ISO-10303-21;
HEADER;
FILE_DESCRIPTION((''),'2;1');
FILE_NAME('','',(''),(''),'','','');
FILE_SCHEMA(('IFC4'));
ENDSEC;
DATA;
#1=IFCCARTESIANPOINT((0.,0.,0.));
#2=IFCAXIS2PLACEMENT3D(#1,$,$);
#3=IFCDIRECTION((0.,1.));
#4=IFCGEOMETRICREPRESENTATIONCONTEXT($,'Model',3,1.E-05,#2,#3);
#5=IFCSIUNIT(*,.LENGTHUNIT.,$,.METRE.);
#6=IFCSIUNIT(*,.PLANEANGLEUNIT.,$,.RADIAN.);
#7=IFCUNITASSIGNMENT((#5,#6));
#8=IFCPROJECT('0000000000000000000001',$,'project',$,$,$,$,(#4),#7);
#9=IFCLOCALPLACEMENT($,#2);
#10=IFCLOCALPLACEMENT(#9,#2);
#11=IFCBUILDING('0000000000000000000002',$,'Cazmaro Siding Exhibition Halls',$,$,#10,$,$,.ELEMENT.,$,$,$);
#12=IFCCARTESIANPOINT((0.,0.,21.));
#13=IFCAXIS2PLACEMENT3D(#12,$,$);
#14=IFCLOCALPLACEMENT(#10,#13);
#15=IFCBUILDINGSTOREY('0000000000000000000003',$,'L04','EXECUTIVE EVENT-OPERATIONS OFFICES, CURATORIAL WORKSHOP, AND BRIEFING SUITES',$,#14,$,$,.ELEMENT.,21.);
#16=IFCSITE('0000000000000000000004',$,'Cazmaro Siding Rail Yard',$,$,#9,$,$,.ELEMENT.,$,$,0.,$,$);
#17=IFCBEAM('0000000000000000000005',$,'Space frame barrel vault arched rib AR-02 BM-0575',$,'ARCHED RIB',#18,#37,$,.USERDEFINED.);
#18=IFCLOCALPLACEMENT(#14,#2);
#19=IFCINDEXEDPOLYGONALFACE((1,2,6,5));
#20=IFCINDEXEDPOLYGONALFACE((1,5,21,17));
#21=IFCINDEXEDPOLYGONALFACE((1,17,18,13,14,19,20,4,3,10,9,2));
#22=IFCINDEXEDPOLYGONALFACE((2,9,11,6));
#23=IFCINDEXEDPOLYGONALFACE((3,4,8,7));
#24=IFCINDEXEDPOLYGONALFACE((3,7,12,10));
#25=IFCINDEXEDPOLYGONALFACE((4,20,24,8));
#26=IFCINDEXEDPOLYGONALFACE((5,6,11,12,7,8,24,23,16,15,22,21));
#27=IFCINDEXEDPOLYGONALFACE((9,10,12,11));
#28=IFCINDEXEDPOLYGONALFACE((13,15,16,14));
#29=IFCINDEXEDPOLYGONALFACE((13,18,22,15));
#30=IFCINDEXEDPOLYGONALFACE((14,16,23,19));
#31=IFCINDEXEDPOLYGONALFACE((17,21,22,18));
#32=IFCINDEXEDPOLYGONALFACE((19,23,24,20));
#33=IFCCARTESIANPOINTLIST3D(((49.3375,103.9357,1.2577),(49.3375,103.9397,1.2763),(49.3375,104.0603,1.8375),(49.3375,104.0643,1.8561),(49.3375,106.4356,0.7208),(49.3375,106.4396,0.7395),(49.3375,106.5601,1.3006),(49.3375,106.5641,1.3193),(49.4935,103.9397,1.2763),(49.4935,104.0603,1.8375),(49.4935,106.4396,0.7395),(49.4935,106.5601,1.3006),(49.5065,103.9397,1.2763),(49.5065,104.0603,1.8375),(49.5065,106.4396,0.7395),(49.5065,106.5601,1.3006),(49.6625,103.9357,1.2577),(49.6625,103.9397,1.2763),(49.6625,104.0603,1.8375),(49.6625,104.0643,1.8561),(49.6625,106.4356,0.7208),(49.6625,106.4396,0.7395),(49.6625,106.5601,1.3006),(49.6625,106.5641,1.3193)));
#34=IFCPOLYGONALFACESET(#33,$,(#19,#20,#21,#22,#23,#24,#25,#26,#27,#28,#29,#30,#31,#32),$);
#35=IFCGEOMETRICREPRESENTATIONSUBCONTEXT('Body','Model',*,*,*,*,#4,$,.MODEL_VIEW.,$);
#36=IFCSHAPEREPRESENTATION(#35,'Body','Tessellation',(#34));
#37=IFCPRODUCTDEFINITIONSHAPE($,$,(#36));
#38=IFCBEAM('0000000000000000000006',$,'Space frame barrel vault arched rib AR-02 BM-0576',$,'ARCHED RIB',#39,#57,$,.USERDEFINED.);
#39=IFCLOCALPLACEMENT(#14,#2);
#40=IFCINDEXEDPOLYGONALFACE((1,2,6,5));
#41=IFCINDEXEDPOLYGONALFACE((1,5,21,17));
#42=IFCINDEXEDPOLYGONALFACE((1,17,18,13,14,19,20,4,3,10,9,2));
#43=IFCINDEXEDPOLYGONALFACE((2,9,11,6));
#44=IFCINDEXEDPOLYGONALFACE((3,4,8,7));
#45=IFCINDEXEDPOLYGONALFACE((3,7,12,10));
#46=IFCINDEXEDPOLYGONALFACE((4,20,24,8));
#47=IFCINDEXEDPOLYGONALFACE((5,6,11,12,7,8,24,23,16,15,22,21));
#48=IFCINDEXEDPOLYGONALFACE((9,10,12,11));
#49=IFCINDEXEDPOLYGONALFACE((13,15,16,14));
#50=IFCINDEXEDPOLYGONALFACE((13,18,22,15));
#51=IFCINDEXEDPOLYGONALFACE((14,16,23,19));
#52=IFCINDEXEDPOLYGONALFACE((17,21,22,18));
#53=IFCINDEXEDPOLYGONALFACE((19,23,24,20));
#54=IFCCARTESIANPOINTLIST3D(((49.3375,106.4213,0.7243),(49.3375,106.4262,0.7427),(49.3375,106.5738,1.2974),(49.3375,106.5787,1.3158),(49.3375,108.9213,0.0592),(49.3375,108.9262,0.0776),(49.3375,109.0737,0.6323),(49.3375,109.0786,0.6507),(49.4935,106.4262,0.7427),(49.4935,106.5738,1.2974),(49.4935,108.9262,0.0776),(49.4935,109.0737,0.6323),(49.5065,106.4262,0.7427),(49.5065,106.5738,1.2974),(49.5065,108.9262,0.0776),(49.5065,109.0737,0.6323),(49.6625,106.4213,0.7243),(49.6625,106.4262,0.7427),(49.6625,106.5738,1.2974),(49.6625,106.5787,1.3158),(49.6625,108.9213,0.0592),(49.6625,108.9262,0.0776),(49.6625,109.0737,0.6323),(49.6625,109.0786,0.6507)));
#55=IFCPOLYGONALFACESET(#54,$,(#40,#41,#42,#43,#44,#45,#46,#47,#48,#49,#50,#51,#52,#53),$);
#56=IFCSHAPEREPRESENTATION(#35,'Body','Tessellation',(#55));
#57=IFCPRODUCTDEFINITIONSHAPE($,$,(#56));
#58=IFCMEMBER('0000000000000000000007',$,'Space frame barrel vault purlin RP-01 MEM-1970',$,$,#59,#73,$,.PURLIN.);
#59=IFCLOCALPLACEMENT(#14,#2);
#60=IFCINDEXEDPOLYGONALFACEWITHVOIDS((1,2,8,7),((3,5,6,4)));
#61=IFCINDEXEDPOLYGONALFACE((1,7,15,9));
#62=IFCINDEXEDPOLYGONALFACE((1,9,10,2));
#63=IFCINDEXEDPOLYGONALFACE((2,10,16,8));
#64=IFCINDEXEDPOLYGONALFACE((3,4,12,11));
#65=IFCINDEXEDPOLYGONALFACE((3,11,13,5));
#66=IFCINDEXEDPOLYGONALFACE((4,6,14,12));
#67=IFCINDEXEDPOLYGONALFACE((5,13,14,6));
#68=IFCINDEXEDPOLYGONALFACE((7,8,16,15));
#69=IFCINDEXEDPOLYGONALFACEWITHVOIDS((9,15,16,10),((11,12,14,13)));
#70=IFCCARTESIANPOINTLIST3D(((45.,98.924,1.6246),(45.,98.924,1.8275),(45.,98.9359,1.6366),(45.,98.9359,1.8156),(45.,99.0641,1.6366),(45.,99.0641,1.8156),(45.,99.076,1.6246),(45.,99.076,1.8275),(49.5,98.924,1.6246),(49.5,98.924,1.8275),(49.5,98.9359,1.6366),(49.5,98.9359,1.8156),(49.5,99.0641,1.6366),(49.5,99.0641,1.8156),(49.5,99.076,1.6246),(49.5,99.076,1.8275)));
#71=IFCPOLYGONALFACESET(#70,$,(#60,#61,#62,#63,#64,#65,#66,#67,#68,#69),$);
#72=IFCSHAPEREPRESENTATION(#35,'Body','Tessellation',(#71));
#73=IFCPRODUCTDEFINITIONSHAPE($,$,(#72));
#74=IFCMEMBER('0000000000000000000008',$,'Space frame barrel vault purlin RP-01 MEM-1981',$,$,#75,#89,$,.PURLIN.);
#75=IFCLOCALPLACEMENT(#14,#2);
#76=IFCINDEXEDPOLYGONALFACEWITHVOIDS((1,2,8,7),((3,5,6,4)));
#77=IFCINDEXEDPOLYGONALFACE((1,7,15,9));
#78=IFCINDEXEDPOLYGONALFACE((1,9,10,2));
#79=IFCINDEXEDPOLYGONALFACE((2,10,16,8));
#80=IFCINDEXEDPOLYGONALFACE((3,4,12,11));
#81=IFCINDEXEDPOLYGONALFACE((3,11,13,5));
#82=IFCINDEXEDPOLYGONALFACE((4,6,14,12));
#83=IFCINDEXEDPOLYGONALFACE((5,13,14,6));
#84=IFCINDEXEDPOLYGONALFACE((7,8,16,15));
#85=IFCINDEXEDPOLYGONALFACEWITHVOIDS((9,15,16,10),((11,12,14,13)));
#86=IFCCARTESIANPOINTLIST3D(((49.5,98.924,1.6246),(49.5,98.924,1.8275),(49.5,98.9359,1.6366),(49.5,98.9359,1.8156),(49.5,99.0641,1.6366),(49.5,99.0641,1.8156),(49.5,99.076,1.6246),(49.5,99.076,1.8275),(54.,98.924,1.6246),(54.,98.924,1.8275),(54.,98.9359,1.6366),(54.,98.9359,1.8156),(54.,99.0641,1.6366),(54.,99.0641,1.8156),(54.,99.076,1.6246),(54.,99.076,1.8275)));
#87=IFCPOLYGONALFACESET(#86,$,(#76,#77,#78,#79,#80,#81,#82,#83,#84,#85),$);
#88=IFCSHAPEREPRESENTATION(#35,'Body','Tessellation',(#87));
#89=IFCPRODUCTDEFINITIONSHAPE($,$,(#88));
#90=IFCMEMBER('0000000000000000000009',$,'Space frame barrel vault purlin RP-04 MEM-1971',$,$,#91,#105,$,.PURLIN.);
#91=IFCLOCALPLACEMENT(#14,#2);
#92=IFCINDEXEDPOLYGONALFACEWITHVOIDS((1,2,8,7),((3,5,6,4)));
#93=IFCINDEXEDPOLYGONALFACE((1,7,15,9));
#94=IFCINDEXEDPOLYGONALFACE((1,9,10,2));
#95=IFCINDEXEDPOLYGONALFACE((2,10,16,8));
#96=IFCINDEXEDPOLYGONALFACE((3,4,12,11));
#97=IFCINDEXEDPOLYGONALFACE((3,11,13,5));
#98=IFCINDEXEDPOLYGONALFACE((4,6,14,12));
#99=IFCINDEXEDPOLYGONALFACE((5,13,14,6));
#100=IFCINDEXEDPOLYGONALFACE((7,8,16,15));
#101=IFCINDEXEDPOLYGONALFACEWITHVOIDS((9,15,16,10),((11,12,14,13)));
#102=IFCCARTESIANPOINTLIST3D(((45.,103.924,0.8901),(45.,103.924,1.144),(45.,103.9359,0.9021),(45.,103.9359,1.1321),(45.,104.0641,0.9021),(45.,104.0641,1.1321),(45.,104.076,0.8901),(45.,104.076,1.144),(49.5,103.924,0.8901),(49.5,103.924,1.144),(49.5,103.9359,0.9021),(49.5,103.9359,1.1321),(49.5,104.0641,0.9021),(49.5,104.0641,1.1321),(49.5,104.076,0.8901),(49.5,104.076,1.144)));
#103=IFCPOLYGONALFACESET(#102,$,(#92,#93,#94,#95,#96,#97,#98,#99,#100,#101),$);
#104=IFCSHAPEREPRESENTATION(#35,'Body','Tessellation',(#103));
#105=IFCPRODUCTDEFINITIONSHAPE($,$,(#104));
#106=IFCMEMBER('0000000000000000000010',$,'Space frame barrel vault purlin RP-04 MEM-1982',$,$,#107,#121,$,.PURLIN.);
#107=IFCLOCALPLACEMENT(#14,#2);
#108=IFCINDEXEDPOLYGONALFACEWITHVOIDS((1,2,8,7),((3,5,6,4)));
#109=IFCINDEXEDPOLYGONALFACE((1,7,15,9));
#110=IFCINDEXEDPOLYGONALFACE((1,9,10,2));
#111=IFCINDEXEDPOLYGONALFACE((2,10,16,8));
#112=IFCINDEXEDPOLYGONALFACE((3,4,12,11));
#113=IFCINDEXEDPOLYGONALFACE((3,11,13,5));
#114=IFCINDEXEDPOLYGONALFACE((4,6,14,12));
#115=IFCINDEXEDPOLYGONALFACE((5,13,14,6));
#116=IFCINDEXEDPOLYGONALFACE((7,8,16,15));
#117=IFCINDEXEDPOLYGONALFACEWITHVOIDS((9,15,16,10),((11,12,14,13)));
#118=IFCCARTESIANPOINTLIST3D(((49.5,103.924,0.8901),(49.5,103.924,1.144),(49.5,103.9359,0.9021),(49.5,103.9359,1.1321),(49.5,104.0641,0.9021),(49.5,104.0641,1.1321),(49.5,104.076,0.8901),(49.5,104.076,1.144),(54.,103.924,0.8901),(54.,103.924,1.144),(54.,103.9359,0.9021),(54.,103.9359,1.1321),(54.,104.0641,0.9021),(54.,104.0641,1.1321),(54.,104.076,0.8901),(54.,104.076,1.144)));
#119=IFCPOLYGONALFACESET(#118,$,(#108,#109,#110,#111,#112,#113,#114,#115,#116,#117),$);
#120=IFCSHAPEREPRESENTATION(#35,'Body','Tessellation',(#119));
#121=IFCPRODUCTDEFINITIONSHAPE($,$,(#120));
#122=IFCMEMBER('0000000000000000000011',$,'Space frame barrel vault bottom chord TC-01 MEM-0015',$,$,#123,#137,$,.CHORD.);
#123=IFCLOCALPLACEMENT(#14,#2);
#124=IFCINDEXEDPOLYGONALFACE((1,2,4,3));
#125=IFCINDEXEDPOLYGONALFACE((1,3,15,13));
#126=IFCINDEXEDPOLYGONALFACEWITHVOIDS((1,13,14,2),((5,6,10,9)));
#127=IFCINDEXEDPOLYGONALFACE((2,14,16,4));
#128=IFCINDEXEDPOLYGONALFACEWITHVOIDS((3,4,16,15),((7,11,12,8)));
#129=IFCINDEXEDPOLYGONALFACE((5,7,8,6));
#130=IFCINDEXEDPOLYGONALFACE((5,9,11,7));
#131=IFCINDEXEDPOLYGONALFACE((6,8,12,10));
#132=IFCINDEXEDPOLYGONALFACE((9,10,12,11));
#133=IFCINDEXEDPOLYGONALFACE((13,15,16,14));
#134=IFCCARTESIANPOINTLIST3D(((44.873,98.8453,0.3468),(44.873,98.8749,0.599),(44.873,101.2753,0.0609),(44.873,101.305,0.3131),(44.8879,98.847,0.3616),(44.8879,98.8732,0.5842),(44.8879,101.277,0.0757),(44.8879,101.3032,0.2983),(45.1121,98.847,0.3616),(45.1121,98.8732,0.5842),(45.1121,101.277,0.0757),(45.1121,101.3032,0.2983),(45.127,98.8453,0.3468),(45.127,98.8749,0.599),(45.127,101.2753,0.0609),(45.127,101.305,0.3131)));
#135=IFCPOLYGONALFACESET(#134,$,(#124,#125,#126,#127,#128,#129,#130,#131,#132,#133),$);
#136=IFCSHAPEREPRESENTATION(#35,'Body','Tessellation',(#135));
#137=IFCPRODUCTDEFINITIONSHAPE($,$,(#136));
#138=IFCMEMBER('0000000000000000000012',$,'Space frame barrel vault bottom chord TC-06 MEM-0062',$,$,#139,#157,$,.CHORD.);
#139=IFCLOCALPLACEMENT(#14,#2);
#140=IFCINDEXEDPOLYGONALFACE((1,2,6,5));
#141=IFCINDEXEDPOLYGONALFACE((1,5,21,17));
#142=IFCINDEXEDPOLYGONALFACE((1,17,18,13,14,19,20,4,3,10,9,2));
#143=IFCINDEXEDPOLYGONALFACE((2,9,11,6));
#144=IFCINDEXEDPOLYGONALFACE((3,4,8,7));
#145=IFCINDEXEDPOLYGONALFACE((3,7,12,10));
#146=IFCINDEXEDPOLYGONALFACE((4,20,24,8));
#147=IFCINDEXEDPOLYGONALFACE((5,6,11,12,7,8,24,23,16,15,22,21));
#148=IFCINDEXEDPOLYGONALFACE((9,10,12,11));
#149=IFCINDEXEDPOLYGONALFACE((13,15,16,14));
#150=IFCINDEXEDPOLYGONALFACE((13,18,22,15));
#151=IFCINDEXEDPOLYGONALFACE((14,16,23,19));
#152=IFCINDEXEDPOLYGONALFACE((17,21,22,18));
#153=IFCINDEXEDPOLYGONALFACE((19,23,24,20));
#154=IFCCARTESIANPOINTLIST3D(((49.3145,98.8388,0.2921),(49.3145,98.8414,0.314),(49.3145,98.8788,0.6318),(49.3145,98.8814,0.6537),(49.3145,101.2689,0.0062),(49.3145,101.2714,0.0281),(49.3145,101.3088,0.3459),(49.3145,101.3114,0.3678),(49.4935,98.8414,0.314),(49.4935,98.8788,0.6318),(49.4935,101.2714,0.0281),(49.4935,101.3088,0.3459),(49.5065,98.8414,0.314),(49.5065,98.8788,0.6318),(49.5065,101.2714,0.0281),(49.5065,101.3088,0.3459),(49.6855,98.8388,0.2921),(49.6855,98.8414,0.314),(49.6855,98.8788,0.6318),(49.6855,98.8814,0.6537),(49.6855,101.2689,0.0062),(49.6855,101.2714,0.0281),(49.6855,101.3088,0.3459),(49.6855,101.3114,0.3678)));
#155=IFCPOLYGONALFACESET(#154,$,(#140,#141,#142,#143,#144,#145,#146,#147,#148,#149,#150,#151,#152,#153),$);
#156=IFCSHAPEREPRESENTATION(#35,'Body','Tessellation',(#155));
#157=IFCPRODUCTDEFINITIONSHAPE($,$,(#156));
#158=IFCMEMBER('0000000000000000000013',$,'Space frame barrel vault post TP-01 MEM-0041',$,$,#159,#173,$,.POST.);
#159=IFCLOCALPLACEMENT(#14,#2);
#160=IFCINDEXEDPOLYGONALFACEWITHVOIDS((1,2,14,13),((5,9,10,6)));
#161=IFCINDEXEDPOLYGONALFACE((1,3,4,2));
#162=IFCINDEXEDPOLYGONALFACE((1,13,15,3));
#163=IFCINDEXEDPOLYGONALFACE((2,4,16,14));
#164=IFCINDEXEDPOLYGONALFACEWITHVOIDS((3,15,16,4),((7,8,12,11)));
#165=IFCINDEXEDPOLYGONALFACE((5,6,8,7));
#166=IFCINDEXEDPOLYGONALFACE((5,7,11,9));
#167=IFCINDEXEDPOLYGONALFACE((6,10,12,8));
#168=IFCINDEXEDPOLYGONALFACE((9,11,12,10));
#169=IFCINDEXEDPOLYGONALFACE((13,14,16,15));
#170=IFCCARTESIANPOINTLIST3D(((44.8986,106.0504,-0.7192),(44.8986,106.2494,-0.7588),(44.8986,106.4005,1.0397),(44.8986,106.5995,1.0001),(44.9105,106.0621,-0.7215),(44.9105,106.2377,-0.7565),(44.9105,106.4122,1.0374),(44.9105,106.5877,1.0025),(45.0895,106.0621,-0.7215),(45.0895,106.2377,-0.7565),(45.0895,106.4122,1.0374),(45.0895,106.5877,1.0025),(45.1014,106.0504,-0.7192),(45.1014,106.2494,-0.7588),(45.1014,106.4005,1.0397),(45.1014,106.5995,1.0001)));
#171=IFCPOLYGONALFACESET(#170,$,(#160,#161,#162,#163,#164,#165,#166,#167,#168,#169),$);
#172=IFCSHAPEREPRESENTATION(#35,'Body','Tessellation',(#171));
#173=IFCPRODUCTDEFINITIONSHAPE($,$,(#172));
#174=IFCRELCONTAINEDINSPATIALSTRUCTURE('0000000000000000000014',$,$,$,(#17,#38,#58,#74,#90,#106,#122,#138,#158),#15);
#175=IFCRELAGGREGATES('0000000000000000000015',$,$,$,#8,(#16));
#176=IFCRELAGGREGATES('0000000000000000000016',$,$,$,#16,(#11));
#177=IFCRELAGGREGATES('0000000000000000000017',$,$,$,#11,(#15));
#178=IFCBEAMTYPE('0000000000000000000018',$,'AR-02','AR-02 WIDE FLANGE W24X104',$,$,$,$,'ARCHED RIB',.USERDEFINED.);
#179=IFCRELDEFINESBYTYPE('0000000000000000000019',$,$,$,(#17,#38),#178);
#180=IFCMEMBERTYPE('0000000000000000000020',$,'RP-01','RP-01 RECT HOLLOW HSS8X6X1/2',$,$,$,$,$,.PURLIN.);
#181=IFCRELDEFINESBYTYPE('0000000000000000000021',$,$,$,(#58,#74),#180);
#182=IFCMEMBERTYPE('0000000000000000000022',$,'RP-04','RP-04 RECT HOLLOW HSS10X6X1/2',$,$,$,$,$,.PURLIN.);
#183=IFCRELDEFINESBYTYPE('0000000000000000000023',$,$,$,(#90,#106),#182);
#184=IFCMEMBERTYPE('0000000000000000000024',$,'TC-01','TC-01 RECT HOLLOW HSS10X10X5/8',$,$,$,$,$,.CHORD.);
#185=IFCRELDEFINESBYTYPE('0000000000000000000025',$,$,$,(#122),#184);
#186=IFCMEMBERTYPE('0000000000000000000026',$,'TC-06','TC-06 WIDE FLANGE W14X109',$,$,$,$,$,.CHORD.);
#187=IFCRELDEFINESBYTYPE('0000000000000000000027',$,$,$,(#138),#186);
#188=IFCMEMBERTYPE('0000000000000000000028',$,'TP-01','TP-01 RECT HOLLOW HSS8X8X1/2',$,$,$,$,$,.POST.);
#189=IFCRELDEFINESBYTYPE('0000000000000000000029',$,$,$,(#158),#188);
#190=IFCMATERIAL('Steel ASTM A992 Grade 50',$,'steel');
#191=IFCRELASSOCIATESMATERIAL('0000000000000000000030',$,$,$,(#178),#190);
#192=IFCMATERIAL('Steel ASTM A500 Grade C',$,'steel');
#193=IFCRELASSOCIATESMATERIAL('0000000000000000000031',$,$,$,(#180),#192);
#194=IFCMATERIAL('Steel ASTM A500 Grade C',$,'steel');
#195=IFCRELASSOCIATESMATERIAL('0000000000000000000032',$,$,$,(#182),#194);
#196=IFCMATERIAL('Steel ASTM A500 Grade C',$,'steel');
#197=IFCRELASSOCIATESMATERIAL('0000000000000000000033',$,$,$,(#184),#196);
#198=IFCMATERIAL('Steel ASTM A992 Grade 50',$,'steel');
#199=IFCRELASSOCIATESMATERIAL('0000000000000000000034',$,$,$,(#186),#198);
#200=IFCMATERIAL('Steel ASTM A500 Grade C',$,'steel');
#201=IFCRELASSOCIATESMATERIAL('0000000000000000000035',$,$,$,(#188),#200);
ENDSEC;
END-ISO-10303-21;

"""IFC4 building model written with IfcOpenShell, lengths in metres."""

from ifc_helpers import new_model, si_unit, direction, frame, origin, origin_2d, place, context, subcontext, project, spatial, hollow_rectangle, i_section, extrude, material, material_profile, profile_set, type_object, element, save


model = new_model("IFC4")

# Units and contexts
model_context = context("Model", 3, precision=1e-05, world=origin(), true_north=direction((0.0, 1.0)))
body_context = subcontext(model_context, "Body", "Model", "MODEL_VIEW")
ifc_project = project(units=[si_unit("LENGTHUNIT", "METRE"), si_unit("PLANEANGLEUNIT", "RADIAN")], contexts=[model_context])

# Site, building, storey
site_placement = place(None, origin())
site = spatial("IfcSite", under=ifc_project, at=site_placement, Name="Cazmaro Siding Rail Yard", CompositionType="ELEMENT", RefElevation=0.0)
building_placement = place(site_placement, origin())
building = spatial("IfcBuilding", under=site, at=building_placement, Name="Cazmaro Siding Exhibition Halls", CompositionType="ELEMENT")
storey_placement = place(building_placement, frame((0.0, 0.0, 21.0)))
storey = spatial("IfcBuildingStorey", under=building, at=storey_placement, Name="L04", Description="EXECUTIVE EVENT-OPERATIONS OFFICES, CURATORIAL WORKSHOP, AND BRIEFING SUITES", CompositionType="ELEMENT", Elevation=21.0)

# Beams
ifc_material_1 = material(Name="Steel ASTM A992 Grade 50", Category="steel")
ifc_material_profile_1 = material_profile(ifc_material_1, i_section(OverallWidth=0.325, OverallDepth=0.6121, WebThickness=0.0129, FlangeThickness=0.019, at=origin_2d()), Name="W24X104")
ifc_profile_set_1 = profile_set([ifc_material_profile_1], Name="Steel ASTM A992 Grade 50")
beam_type_1 = type_object("IfcBeamType", Name="AR-02", Description="AR-02 WIDE FLANGE W24X104", ElementType="ARCHED RIB", PredefinedType="USERDEFINED", material=ifc_profile_set_1)
beam_1_placement = place(storey_placement, frame((49.5, 104.0, 1.5569), z_axis=(0.0, 0.97771, -0.209959), x_axis=(-1.0, 0.0, 0.0)))
element("IfcBeam", 1, at=beam_1_placement, inside=storey, type_object=beam_type_1, Name="Space frame barrel vault arched rib AR-02 BM-0575", ObjectType="ARCHED RIB", PredefinedType="USERDEFINED", context=body_context, shape_type="SweptSolid", body=[
    extrude(i_section(OverallWidth=0.325, OverallDepth=0.6121, WebThickness=0.0129, FlangeThickness=0.019, at=origin_2d()), origin(), (0.0, 0.0, 1.0), 2.5569),
])
beam_2_placement = place(storey_placement, frame((49.5, 106.5, 1.02), z_axis=(0.0, 0.966391, -0.257075), x_axis=(-1.0, 0.0, 0.0)))
element("IfcBeam", 2, at=beam_2_placement, inside=storey, type_object=beam_type_1, Name="Space frame barrel vault arched rib AR-02 BM-0576", ObjectType="ARCHED RIB", PredefinedType="USERDEFINED", context=body_context, shape_type="SweptSolid", body=[
    extrude(i_section(OverallWidth=0.325, OverallDepth=0.6121, WebThickness=0.0129, FlangeThickness=0.019, at=origin_2d()), origin(), (0.0, 0.0, 1.0), 2.5869),
])

# Members
ifc_material_2 = material(Name="Steel ASTM A500 Grade C", Category="steel")
ifc_material_profile_2 = material_profile(ifc_material_2, hollow_rectangle(XDim=0.1521, YDim=0.2029, WallThickness=0.012, at=origin_2d()), Name="HSS8X6X1/2")
ifc_profile_set_2 = profile_set([ifc_material_profile_2], Name="Steel ASTM A500 Grade C")
member_type_1 = type_object("IfcMemberType", Name="RP-01", Description="RP-01 RECT HOLLOW HSS8X6X1/2", PredefinedType="PURLIN", material=ifc_profile_set_2)
for number, where, z_axis, x_axis, name in (
    (3, (45.0, 99.0, 1.7261), (1.0, 0.0, 0.0), (0.0, 1.0, 0.0), "Space frame barrel vault purlin RP-01 MEM-1970"),
    (4, (49.5, 99.0, 1.7261), (1.0, 0.0, 0.0), (0.0, 1.0, 0.0), "Space frame barrel vault purlin RP-01 MEM-1981"),
):
    element("IfcMember", number, at=place(storey_placement, frame(where, z_axis=z_axis, x_axis=x_axis)), inside=storey, type_object=member_type_1, Name=name, PredefinedType="PURLIN", context=body_context, shape_type="SweptSolid", body=[
        extrude(hollow_rectangle(XDim=0.1521, YDim=0.2029, WallThickness=0.012, at=origin_2d()), origin(), (0.0, 0.0, 1.0), 4.5),
    ])
ifc_material_3 = material(Name="Steel ASTM A500 Grade C", Category="steel")
ifc_material_profile_3 = material_profile(ifc_material_3, hollow_rectangle(XDim=0.1521, YDim=0.2539, WallThickness=0.012, at=origin_2d()), Name="HSS10X6X1/2")
ifc_profile_set_3 = profile_set([ifc_material_profile_3], Name="Steel ASTM A500 Grade C")
member_type_2 = type_object("IfcMemberType", Name="RP-04", Description="RP-04 RECT HOLLOW HSS10X6X1/2", PredefinedType="PURLIN", material=ifc_profile_set_3)
for number, where, z_axis, x_axis, name in (
    (5, (45.0, 104.0, 1.0171), (1.0, 0.0, 0.0), (0.0, 1.0, 0.0), "Space frame barrel vault purlin RP-04 MEM-1971"),
    (6, (49.5, 104.0, 1.0171), (1.0, 0.0, 0.0), (0.0, 1.0, 0.0), "Space frame barrel vault purlin RP-04 MEM-1982"),
):
    element("IfcMember", number, at=place(storey_placement, frame(where, z_axis=z_axis, x_axis=x_axis)), inside=storey, type_object=member_type_2, Name=name, PredefinedType="PURLIN", context=body_context, shape_type="SweptSolid", body=[
        extrude(hollow_rectangle(XDim=0.1521, YDim=0.2539, WallThickness=0.012, at=origin_2d()), origin(), (0.0, 0.0, 1.0), 4.5),
    ])
ifc_material_4 = material(Name="Steel ASTM A500 Grade C", Category="steel")
ifc_material_profile_4 = material_profile(ifc_material_4, hollow_rectangle(XDim=0.2539, YDim=0.2539, WallThickness=0.0149, at=origin_2d()), Name="HSS10X10X5/8")
ifc_profile_set_4 = profile_set([ifc_material_profile_4], Name="Steel ASTM A500 Grade C")
member_type_3 = type_object("IfcMemberType", Name="TC-01", Description="TC-01 RECT HOLLOW HSS10X10X5/8", PredefinedType="CHORD", material=ifc_profile_set_4)
member_1_placement = place(storey_placement, frame((45.0, 98.8601, 0.4729), z_axis=(0.0, 0.99315, -0.116847), x_axis=(-1.0, 0.0, 0.0)))
element("IfcMember", 7, at=member_1_placement, inside=storey, type_object=member_type_3, Name="Space frame barrel vault bottom chord TC-01 MEM-0015", PredefinedType="CHORD", context=body_context, shape_type="SweptSolid", body=[
    extrude(hollow_rectangle(XDim=0.2539, YDim=0.2539, WallThickness=0.0149, at=origin_2d()), origin(), (0.0, 0.0, 1.0), 2.4468),
])
ifc_material_5 = material(Name="Steel ASTM A992 Grade 50", Category="steel")
ifc_material_profile_5 = material_profile(ifc_material_5, i_section(OverallWidth=0.3711, OverallDepth=0.364, WebThickness=0.0129, FlangeThickness=0.022, at=origin_2d()), Name="W14X109")
ifc_profile_set_5 = profile_set([ifc_material_profile_5], Name="Steel ASTM A992 Grade 50")
member_type_4 = type_object("IfcMemberType", Name="TC-06", Description="TC-06 WIDE FLANGE W14X109", PredefinedType="CHORD", material=ifc_profile_set_5)
member_2_placement = place(storey_placement, frame((49.5, 98.8601, 0.4729), z_axis=(0.0, 0.99315, -0.116847), x_axis=(-1.0, 0.0, 0.0)))
element("IfcMember", 8, at=member_2_placement, inside=storey, type_object=member_type_4, Name="Space frame barrel vault bottom chord TC-06 MEM-0062", PredefinedType="CHORD", context=body_context, shape_type="SweptSolid", body=[
    extrude(i_section(OverallWidth=0.3711, OverallDepth=0.364, WebThickness=0.0129, FlangeThickness=0.022, at=origin_2d()), origin(), (0.0, 0.0, 1.0), 2.4468),
])
ifc_material_6 = material(Name="Steel ASTM A500 Grade C", Category="steel")
ifc_material_profile_6 = material_profile(ifc_material_6, hollow_rectangle(XDim=0.2029, YDim=0.2029, WallThickness=0.012, at=origin_2d()), Name="HSS8X8X1/2")
ifc_profile_set_6 = profile_set([ifc_material_profile_6], Name="Steel ASTM A500 Grade C")
member_type_5 = type_object("IfcMemberType", Name="TP-01", Description="TP-01 RECT HOLLOW HSS8X8X1/2", PredefinedType="POST", material=ifc_profile_set_6)
for number, where, z_axis, x_axis, name in (
    (9, (45.0, 106.1499, -0.739), (0.0, 0.1952, 0.980763), (-1.0, 0.0, 0.0), "Space frame barrel vault post TP-01 MEM-0041"),
):
    element("IfcMember", number, at=place(storey_placement, frame(where, z_axis=z_axis, x_axis=x_axis)), inside=storey, type_object=member_type_5, Name=name, PredefinedType="POST", context=body_context, shape_type="SweptSolid", body=[
        extrude(hollow_rectangle(XDim=0.2029, YDim=0.2029, WallThickness=0.012, at=origin_2d()), origin(), (0.0, 0.0, 1.0), 1.7935),
    ])

save(model, "model.ifc")
